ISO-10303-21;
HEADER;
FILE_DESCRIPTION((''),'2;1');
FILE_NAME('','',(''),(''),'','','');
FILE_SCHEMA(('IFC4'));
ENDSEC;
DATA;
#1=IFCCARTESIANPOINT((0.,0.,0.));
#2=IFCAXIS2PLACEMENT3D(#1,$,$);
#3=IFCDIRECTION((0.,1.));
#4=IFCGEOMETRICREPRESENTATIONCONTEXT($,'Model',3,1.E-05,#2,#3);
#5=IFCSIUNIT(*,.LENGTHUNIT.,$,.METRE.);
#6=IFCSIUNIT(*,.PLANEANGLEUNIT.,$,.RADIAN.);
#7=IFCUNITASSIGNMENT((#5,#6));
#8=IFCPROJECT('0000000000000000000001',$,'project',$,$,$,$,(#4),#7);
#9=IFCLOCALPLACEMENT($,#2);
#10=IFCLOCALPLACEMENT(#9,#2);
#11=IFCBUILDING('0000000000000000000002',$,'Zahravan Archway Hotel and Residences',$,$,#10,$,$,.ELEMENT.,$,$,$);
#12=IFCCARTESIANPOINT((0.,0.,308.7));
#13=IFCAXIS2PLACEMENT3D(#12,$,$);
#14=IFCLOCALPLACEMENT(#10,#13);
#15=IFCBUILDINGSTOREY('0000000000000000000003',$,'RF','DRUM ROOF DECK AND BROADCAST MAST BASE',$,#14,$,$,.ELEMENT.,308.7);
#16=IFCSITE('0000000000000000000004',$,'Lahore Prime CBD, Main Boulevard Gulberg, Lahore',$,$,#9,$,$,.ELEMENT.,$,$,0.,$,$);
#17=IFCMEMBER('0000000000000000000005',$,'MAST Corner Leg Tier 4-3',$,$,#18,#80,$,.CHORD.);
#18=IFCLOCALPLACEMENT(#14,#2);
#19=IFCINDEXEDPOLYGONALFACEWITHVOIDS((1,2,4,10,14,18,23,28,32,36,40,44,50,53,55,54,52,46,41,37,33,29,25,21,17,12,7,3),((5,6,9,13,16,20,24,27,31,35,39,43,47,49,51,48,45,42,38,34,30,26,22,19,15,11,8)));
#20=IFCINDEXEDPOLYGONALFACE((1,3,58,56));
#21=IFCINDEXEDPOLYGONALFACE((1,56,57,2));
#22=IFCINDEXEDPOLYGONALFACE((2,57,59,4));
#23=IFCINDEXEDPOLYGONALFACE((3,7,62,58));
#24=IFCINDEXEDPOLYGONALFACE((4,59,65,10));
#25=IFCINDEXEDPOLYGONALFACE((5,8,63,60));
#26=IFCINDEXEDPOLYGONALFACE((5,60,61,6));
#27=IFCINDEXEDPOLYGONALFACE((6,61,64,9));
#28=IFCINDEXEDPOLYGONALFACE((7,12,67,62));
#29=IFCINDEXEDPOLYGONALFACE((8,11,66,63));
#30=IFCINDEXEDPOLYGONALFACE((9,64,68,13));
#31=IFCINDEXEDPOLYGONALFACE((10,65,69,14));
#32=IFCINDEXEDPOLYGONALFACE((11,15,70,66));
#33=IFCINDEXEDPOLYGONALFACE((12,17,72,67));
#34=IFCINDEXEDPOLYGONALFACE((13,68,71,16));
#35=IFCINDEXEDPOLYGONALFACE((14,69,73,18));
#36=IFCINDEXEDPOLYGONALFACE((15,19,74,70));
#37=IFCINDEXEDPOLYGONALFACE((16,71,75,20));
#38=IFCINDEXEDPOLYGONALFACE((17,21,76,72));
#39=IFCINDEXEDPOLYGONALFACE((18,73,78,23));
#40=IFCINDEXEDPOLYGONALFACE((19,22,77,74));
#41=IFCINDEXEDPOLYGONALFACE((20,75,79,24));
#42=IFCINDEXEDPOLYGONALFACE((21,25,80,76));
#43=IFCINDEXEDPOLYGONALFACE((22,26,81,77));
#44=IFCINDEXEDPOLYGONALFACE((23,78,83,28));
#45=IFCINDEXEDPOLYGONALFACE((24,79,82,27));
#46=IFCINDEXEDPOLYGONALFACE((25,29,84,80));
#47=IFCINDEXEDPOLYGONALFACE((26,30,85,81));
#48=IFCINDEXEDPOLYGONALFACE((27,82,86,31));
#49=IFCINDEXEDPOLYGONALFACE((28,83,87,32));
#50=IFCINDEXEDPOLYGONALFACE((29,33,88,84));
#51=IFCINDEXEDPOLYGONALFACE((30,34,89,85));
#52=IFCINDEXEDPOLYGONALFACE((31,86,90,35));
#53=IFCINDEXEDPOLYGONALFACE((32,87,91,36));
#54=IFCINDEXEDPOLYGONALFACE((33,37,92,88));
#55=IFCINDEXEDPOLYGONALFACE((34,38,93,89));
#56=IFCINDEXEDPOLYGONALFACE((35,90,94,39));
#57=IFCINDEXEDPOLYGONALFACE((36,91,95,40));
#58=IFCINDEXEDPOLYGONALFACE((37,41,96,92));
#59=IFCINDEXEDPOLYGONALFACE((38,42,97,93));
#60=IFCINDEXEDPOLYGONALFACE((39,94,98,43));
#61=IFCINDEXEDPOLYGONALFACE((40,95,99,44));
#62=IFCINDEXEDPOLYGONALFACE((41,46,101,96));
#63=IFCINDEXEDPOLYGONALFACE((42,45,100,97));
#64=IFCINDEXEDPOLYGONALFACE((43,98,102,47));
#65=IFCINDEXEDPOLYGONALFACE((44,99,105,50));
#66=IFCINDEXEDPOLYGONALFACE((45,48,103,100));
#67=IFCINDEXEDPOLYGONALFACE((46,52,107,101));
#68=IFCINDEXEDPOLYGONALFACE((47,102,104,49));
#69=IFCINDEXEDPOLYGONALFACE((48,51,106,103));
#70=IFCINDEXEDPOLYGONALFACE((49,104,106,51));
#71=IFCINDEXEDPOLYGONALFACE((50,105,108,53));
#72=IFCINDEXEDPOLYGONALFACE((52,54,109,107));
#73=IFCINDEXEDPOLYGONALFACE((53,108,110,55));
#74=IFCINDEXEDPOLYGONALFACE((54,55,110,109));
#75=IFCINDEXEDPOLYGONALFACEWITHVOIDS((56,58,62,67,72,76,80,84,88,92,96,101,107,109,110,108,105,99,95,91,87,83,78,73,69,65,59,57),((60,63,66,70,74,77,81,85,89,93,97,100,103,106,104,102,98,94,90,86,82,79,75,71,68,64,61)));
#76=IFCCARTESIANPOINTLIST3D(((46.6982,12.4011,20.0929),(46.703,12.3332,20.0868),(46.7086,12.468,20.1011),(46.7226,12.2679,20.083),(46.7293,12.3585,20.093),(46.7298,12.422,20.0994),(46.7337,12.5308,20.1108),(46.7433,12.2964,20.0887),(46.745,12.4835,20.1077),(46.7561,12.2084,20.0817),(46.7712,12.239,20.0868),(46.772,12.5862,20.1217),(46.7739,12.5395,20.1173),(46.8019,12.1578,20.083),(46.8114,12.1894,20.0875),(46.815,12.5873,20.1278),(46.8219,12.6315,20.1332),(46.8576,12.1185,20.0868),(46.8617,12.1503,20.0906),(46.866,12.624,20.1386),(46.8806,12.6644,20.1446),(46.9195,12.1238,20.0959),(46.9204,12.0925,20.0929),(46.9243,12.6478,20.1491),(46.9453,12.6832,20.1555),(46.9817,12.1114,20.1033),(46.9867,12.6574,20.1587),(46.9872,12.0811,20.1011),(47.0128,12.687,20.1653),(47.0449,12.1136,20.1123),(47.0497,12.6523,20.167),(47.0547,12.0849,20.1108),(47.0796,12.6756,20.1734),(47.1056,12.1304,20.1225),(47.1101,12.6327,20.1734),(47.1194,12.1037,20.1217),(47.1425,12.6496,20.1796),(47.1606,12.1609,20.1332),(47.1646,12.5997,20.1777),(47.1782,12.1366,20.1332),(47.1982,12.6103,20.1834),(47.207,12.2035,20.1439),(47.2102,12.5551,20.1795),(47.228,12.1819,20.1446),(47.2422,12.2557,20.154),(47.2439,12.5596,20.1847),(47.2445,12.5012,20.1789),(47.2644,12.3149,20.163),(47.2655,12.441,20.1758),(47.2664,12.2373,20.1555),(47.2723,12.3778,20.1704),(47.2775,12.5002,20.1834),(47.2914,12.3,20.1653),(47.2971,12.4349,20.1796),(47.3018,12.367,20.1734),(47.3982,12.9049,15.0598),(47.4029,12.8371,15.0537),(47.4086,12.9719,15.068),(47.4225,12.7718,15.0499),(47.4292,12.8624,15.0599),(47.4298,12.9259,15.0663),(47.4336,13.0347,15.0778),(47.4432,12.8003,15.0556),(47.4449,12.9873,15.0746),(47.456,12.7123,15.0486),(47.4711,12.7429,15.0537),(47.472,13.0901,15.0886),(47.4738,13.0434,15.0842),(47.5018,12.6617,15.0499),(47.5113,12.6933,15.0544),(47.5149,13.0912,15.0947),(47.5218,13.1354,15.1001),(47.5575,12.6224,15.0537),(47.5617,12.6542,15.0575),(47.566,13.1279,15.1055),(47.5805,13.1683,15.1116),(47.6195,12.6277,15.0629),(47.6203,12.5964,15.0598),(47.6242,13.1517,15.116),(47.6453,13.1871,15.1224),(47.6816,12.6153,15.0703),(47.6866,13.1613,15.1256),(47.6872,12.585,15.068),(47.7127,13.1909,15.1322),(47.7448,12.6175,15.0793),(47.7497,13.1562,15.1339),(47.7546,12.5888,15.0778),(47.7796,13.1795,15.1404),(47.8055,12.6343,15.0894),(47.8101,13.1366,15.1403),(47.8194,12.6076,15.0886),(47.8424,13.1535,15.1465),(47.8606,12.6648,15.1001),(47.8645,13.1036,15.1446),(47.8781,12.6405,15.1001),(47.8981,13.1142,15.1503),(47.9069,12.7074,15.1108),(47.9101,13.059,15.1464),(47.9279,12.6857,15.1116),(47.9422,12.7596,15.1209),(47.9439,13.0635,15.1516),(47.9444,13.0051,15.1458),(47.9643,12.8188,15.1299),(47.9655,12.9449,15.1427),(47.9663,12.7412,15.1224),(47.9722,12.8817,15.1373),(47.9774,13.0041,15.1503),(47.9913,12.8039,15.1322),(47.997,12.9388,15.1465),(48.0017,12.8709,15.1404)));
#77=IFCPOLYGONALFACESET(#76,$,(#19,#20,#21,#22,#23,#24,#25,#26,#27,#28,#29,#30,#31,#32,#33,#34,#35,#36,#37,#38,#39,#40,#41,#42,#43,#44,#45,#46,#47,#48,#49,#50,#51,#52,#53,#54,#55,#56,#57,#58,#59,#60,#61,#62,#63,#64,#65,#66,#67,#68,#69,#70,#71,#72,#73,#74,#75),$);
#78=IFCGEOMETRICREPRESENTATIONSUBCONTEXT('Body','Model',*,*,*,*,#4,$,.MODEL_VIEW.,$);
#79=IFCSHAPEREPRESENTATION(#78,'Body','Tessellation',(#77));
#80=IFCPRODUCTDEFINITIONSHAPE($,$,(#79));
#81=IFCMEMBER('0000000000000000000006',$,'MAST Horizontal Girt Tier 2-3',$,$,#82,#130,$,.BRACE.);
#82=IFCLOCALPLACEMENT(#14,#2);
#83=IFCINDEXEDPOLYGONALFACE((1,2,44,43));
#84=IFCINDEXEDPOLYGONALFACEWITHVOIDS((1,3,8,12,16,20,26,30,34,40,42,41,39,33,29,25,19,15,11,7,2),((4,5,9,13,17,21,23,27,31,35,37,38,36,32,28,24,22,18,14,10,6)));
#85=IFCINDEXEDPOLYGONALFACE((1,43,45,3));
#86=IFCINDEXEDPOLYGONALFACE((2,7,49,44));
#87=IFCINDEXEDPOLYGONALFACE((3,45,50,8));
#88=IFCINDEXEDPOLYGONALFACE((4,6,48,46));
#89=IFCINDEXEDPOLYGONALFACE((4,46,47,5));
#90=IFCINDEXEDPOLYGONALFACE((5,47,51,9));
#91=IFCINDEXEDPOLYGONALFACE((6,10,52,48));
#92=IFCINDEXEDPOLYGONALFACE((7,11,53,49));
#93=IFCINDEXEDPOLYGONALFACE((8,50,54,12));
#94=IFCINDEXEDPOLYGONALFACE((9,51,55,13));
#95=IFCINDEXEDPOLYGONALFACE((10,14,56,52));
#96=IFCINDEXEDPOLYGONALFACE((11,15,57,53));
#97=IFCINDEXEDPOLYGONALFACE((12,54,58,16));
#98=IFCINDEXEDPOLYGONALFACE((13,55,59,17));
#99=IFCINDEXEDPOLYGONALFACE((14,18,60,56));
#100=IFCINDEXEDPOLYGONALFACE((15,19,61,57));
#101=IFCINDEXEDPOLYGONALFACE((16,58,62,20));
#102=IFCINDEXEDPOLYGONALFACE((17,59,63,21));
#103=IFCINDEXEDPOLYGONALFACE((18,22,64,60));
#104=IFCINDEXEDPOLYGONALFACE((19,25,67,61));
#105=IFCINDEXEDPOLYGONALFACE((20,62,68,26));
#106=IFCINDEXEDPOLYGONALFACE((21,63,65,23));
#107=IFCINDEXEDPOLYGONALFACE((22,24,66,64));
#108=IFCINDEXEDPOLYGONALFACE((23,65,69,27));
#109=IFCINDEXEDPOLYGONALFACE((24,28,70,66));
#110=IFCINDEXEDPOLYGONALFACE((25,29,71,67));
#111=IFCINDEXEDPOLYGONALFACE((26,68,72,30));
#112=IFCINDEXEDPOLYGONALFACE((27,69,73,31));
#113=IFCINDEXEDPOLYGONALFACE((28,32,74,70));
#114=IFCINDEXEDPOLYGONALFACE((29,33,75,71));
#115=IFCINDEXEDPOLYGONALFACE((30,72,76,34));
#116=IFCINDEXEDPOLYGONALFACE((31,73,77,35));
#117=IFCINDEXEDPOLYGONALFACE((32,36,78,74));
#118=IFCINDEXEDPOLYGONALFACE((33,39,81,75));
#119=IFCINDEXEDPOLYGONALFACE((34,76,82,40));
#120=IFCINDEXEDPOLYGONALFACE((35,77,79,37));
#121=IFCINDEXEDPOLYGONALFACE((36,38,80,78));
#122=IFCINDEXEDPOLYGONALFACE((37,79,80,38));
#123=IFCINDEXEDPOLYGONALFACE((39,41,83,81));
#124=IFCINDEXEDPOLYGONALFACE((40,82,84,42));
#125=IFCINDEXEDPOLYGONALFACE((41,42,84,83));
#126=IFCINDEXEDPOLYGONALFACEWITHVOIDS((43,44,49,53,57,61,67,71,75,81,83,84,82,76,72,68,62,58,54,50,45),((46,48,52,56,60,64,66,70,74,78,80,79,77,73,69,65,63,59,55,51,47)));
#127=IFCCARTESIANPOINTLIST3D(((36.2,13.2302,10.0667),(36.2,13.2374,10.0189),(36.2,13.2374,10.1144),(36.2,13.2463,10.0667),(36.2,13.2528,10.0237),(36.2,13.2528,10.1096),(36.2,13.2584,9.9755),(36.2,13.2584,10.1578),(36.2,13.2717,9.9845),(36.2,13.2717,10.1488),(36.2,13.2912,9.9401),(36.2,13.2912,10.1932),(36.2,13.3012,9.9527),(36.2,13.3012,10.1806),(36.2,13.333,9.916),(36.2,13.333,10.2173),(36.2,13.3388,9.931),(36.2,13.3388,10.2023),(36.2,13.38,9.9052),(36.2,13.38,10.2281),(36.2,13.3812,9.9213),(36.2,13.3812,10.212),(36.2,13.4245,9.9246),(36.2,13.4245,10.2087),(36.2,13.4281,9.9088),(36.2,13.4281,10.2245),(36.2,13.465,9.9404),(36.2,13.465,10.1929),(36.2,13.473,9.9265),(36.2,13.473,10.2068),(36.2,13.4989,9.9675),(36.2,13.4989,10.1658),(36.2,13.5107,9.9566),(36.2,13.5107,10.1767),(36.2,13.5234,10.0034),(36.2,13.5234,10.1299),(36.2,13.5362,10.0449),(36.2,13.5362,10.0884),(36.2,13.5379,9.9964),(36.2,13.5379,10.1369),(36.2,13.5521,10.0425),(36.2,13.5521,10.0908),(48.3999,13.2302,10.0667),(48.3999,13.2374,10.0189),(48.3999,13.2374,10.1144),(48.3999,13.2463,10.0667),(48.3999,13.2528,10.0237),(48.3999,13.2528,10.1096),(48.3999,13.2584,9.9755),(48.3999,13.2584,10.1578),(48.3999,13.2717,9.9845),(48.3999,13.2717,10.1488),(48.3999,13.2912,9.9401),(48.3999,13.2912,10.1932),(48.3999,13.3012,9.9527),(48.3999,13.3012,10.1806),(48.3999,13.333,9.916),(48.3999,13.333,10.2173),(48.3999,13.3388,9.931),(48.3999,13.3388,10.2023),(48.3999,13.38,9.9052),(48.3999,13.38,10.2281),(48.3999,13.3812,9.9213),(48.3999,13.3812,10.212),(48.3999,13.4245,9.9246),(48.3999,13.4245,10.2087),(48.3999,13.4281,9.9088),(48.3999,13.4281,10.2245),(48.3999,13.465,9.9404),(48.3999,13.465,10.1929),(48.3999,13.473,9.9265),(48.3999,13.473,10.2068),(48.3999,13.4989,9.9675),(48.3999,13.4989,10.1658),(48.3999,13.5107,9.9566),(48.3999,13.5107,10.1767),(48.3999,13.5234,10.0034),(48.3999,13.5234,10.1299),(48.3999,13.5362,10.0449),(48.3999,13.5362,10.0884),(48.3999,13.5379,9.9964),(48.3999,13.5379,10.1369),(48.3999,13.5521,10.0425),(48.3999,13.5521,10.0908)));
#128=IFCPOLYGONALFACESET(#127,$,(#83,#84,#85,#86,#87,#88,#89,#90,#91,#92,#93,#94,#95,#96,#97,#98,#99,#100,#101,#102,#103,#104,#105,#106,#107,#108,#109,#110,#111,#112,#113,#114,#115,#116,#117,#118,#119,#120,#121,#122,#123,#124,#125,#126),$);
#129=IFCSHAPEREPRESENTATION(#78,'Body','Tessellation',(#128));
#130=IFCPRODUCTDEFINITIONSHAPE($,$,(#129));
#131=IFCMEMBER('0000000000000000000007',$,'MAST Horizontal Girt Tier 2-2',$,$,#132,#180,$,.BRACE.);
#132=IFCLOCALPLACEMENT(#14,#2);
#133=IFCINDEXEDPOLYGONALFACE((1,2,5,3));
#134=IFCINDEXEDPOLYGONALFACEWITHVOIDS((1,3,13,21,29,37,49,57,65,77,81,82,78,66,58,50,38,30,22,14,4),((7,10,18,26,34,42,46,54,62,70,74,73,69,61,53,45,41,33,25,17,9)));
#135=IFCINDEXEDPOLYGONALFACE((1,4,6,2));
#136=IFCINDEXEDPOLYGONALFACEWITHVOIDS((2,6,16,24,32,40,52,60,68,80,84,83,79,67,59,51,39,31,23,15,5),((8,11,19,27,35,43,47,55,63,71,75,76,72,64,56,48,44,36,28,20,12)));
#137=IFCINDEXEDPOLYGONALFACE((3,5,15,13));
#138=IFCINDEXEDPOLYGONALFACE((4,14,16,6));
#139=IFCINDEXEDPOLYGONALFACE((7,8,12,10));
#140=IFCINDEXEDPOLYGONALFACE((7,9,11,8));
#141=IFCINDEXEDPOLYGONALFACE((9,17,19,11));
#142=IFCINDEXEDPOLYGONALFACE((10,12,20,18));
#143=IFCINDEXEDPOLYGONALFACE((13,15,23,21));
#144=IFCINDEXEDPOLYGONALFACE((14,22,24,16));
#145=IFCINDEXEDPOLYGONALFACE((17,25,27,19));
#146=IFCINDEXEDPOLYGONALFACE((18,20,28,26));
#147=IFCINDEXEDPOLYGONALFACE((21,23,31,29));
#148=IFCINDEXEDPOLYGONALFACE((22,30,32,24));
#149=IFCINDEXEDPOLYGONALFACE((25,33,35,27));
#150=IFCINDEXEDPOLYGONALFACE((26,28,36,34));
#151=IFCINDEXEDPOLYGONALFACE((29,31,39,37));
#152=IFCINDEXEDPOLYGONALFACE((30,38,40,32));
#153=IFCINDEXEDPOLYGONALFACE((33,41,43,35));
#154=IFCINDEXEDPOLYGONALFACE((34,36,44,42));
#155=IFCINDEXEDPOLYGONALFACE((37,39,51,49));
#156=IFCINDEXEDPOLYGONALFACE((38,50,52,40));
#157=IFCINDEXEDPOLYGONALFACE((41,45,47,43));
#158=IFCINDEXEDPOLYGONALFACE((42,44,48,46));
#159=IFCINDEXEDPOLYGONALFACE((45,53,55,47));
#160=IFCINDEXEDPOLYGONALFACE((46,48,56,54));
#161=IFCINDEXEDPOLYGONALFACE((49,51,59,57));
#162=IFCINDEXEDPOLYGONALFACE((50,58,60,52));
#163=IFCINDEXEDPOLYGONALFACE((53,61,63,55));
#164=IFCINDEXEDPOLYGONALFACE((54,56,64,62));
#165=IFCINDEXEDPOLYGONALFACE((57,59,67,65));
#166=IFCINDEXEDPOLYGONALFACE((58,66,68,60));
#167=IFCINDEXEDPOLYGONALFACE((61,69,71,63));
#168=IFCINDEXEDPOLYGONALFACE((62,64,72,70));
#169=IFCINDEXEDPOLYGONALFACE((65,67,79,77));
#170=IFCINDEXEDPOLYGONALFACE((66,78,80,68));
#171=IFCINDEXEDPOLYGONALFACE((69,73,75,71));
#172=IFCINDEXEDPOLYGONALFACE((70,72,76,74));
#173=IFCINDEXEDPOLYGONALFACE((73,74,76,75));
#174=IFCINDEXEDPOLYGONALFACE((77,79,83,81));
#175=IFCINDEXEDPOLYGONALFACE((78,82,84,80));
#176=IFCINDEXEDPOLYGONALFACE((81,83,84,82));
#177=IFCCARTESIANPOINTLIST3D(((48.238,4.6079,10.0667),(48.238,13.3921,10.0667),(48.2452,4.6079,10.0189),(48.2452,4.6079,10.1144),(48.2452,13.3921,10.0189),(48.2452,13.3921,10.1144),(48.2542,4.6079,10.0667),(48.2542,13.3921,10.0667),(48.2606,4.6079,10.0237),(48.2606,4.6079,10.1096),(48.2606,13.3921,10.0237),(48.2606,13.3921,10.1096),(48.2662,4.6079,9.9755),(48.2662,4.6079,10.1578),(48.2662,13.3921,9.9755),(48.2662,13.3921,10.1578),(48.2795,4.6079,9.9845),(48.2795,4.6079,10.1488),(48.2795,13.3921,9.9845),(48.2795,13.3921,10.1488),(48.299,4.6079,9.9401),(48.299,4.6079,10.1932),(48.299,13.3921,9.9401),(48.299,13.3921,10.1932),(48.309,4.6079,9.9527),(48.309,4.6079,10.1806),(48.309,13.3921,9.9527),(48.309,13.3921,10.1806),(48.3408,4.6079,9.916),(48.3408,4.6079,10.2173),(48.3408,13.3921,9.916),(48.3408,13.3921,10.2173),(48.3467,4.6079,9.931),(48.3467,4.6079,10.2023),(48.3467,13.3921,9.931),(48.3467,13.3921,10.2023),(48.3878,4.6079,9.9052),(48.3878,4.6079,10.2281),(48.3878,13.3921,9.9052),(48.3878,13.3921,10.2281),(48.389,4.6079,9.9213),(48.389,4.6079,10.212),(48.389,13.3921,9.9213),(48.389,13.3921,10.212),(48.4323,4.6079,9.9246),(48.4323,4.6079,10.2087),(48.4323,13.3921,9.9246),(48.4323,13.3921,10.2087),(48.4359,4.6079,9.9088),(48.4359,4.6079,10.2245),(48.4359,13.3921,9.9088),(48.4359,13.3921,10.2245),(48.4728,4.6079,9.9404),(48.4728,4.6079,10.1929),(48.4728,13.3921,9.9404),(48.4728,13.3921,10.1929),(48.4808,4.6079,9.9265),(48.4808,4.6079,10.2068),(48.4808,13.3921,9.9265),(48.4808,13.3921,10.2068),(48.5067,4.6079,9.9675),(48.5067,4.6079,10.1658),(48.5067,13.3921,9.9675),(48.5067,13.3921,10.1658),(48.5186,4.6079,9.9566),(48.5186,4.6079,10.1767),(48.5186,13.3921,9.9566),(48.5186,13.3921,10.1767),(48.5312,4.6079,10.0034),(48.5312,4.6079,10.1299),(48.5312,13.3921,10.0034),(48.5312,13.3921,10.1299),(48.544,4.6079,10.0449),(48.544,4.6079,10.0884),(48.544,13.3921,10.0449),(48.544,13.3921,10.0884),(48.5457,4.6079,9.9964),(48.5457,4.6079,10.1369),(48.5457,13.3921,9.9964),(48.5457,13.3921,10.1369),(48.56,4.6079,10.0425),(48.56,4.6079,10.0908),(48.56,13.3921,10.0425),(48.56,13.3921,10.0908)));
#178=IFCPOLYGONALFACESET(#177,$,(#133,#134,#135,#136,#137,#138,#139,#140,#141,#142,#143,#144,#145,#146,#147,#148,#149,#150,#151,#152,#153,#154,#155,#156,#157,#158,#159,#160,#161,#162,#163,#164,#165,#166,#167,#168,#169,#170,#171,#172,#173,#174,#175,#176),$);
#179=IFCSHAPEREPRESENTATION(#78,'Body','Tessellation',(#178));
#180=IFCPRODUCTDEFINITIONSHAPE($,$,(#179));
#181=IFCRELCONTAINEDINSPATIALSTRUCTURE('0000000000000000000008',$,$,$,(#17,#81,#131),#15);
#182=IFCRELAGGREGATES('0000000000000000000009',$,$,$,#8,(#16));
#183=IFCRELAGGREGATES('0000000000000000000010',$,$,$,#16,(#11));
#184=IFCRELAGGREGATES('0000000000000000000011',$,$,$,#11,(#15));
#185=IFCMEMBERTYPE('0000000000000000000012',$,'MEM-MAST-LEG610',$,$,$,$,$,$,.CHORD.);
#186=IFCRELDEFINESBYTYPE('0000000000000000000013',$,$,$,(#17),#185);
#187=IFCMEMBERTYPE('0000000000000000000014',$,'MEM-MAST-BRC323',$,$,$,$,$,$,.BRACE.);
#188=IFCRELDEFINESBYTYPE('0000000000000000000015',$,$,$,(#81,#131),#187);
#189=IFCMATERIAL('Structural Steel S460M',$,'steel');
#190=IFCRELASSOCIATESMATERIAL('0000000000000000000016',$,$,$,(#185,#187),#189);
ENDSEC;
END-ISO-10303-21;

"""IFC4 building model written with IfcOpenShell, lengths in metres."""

from ifc_helpers import new_model, si_unit, direction, frame, origin, origin_2d, place, context, subcontext, project, spatial, hollow_circle, extrude, source, transform, mapped, material, material_profile, profile_set, type_object, element, save


model = new_model("IFC4")

# Units and contexts
model_context = context("Model", 3, precision=1e-05, world=origin(), true_north=direction((0.0, 1.0)))
body_context = subcontext(model_context, "Body", "Model", "MODEL_VIEW")
ifc_project = project(units=[si_unit("LENGTHUNIT", "METRE"), si_unit("PLANEANGLEUNIT", "RADIAN")], contexts=[model_context])

# Site, building, storey
site_placement = place(None, origin())
site = spatial("IfcSite", under=ifc_project, at=site_placement, Name="Lahore Prime CBD, Main Boulevard Gulberg, Lahore", CompositionType="ELEMENT", RefElevation=0.0)
building_placement = place(site_placement, origin())
building = spatial("IfcBuilding", under=site, at=building_placement, Name="Zahravan Archway Hotel and Residences", CompositionType="ELEMENT")
storey_placement = place(building_placement, frame((0.0, 0.0, 308.7)))
storey = spatial("IfcBuildingStorey", under=building, at=storey_placement, Name="RF", Description="DRUM ROOF DECK AND BROADCAST MAST BASE", CompositionType="ELEMENT", Elevation=308.7)

# Members
ifc_material_1 = material(Name="Structural Steel S460M", Category="steel")
ifc_material_profile_1 = material_profile(ifc_material_1, hollow_circle(Radius=0.3049, WallThickness=0.03, at=origin_2d()), Name="CHS 610x30", Category="steel")
ifc_profile_set_1 = profile_set([ifc_material_profile_1], Name="Structural Steel S460M")
member_type_1 = type_object("IfcMemberType", Name="MEM-MAST-LEG610", PredefinedType="CHORD", material=ifc_profile_set_1)
ifc_material_profile_2 = material_profile(ifc_material_1, hollow_circle(Radius=0.1619, WallThickness=0.0161, at=origin_2d()), Name="CHS 323.9x16", Category="steel")
ifc_profile_set_2 = profile_set([ifc_material_profile_2], Name="Structural Steel S460M")
member_type_2 = type_object("IfcMemberType", Name="MEM-MAST-BRC323", PredefinedType="BRACE", material=ifc_profile_set_2)
shared_shape_1 = source(origin(), body_context, "Body", "SweptSolid", [
    extrude(hollow_circle(Radius=0.3049, WallThickness=0.03, at=origin_2d()), origin(), (0.0, 0.0, 1.0), 5.1064),
])
for number, where, z_axis, x_axis, name in (
    (1, (47.7, 12.8879, 15.1001), (-0.137069, -0.098678, 0.985634), (0.58426, -0.811567, 0.0), "MAST Corner Leg Tier 4-3"),
):
    element("IfcMember", number, at=place(storey_placement, frame(where, z_axis=z_axis, x_axis=x_axis)), inside=storey, type_object=member_type_1, Name=name, PredefinedType="CHORD", context=body_context, shape_type="MappedRepresentation", body=[
        mapped(shared_shape_1, transform((0.0, 0.0, 0.0), scale=1.0)),
    ])
shared_shape_2 = source(origin(), body_context, "Body", "SweptSolid", [
    extrude(hollow_circle(Radius=0.1619, WallThickness=0.0161, at=origin_2d()), origin(), (0.0, 0.0, 1.0), 12.2),
])
member_1_placement = place(storey_placement, frame((48.3999, 13.3921, 10.0667), z_axis=(-1.0, 0.0, 0.0), x_axis=(0.0, -1.0, 0.0)))
element("IfcMember", 2, at=member_1_placement, inside=storey, type_object=member_type_2, Name="MAST Horizontal Girt Tier 2-3", PredefinedType="BRACE", context=body_context, shape_type="MappedRepresentation", body=[
    mapped(shared_shape_2, transform((0.0, 0.0, 0.0), scale=1.0)),
])
shared_shape_3 = source(origin(), body_context, "Body", "SweptSolid", [
    extrude(hollow_circle(Radius=0.1619, WallThickness=0.0161, at=origin_2d()), origin(), (0.0, 0.0, 1.0), 8.7842),
])
member_2_placement = place(storey_placement, frame((48.3999, 4.6079, 10.0667), z_axis=(0.0, 1.0, 0.0), x_axis=(-1.0, 0.0, 0.0)))
element("IfcMember", 3, at=member_2_placement, inside=storey, type_object=member_type_2, Name="MAST Horizontal Girt Tier 2-2", PredefinedType="BRACE", context=body_context, shape_type="MappedRepresentation", body=[
    mapped(shared_shape_3, transform((0.0, 0.0, 0.0), scale=1.0)),
])

save(model, "model.ifc")
